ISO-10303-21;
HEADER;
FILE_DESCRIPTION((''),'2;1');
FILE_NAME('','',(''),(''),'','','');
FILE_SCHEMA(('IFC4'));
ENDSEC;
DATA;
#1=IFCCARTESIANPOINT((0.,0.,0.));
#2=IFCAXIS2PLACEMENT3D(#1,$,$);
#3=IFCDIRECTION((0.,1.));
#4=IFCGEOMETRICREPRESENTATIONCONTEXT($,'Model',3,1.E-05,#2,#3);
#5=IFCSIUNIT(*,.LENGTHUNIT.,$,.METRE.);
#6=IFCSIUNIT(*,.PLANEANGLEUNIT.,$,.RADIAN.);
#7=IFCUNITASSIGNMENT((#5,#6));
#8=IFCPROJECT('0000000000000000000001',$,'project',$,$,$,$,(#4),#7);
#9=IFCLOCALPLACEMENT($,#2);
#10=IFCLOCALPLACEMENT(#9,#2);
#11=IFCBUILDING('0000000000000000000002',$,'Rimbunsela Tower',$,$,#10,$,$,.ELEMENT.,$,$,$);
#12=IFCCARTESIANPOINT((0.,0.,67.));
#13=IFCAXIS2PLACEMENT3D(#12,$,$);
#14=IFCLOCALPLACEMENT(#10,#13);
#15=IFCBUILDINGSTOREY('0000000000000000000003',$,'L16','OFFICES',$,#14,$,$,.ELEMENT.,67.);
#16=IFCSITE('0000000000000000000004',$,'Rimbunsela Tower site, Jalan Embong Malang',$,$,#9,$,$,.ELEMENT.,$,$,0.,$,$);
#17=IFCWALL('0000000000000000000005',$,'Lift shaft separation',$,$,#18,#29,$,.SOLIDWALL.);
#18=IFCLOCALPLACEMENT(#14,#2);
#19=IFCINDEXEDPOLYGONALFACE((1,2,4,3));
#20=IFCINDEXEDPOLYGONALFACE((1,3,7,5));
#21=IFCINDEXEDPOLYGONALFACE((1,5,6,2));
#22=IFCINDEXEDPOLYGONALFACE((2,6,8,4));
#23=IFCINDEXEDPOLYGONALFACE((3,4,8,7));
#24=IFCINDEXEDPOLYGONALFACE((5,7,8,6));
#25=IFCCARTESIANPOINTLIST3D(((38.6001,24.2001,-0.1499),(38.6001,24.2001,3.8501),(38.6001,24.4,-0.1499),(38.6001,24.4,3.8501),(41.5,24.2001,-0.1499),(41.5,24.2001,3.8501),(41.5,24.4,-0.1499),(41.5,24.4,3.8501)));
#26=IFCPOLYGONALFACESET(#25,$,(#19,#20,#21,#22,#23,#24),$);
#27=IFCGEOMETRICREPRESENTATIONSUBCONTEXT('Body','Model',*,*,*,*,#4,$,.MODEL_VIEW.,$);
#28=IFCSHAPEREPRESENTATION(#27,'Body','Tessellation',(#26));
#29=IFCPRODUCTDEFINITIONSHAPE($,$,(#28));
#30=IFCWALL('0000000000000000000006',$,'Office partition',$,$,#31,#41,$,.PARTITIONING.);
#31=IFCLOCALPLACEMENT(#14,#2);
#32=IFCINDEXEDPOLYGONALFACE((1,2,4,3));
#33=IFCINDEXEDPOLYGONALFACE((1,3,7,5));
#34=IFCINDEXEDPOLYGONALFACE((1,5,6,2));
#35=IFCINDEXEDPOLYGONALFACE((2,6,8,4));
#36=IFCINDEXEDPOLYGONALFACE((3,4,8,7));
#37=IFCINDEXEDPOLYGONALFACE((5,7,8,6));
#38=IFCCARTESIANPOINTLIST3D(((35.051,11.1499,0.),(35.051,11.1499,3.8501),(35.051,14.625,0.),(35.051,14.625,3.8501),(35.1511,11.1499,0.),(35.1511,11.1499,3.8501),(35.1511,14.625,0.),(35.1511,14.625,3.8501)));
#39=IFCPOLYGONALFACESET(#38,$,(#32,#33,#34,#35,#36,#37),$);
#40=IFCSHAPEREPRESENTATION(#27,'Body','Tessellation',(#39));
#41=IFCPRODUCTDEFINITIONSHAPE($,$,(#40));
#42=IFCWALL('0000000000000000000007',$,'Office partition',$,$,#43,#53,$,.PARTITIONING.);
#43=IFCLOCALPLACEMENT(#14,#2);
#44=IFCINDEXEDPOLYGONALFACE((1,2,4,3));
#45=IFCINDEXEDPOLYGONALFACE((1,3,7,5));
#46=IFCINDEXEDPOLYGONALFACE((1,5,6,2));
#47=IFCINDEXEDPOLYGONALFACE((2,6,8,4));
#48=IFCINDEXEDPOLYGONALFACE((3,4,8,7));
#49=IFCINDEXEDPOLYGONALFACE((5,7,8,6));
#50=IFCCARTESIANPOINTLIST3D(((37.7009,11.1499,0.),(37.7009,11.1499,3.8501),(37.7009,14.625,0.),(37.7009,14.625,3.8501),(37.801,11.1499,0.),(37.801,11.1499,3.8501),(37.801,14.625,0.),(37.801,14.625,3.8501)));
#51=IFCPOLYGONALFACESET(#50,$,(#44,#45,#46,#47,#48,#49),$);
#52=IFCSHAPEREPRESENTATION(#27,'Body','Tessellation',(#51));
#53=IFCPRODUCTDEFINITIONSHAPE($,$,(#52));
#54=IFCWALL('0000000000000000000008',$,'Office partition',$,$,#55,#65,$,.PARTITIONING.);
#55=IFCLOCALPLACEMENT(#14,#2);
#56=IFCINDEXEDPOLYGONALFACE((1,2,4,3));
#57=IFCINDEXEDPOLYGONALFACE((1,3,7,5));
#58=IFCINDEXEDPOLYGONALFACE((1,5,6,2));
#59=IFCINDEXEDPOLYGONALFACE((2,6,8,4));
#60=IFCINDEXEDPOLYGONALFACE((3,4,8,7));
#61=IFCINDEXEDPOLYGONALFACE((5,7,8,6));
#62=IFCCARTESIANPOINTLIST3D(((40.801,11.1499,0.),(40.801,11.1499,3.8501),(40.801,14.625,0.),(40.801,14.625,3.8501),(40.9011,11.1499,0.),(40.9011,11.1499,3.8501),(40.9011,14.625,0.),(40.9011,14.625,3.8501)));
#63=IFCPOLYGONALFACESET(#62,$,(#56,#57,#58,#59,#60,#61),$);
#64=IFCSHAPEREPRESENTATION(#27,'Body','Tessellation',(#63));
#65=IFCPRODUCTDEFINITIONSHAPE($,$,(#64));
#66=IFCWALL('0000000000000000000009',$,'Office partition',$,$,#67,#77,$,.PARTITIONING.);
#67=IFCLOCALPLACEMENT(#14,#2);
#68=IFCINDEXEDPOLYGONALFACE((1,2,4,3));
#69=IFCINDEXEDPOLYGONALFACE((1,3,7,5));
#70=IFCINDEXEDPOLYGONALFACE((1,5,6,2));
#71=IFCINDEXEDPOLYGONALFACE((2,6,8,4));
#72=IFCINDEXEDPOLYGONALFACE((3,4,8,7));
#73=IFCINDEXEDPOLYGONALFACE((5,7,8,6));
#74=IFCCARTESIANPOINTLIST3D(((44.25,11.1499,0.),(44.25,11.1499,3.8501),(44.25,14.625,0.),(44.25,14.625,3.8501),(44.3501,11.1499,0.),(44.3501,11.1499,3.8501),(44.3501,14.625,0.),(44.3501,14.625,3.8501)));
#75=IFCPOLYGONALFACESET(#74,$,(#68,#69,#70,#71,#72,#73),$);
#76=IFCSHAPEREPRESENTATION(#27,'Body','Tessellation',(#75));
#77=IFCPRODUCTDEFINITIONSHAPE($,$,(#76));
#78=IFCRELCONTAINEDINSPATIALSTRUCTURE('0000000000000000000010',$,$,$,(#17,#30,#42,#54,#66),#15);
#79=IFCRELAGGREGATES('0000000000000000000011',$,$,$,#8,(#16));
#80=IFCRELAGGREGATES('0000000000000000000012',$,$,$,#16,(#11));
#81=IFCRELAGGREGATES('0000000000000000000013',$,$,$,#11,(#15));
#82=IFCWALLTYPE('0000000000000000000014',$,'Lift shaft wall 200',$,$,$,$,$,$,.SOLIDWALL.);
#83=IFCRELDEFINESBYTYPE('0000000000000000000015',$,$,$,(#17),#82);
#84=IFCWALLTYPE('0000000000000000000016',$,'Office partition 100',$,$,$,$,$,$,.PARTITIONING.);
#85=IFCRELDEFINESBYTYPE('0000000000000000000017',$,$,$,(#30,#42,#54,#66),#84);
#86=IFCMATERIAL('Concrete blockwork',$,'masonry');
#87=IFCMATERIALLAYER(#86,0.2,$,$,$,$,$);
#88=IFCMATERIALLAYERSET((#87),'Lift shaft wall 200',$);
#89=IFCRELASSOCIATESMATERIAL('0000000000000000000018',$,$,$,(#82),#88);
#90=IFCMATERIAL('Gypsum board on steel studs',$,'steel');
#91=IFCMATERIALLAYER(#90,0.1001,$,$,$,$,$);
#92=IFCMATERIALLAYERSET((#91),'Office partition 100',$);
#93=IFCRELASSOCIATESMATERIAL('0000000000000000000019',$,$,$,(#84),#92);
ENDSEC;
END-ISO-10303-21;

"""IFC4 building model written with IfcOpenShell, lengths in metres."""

from ifc_helpers import new_model, si_unit, direction, frame, frame_2d, origin, place, context, subcontext, project, spatial, rectangle, extrude, material, layer, layer_set, type_object, element, save


model = new_model("IFC4")

# Units and contexts
model_context = context("Model", 3, precision=1e-05, world=origin(), true_north=direction((0.0, 1.0)))
body_context = subcontext(model_context, "Body", "Model", "MODEL_VIEW")
ifc_project = project(units=[si_unit("LENGTHUNIT", "METRE"), si_unit("PLANEANGLEUNIT", "RADIAN")], contexts=[model_context])

# Site, building, storey
site_placement = place(None, origin())
site = spatial("IfcSite", under=ifc_project, at=site_placement, Name="Rimbunsela Tower site, Jalan Embong Malang", CompositionType="ELEMENT", RefElevation=0.0)
building_placement = place(site_placement, origin())
building = spatial("IfcBuilding", under=site, at=building_placement, Name="Rimbunsela Tower", CompositionType="ELEMENT")
storey_placement = place(building_placement, frame((0.0, 0.0, 67.0)))
storey = spatial("IfcBuildingStorey", under=building, at=storey_placement, Name="L16", Description="OFFICES", CompositionType="ELEMENT", Elevation=67.0)

# Shared definitions
ifc_material_1 = material(Name="Concrete blockwork", Category="masonry")
ifc_layer_1 = layer(ifc_material_1, 0.2)
ifc_layer_set_1 = layer_set([ifc_layer_1], Name="Lift shaft wall 200")
wall_type_1 = type_object("IfcWallType", Name="Lift shaft wall 200", PredefinedType="SOLIDWALL", material=ifc_layer_set_1)

# Walls
wall_1_placement = place(storey_placement, frame((38.6001, 24.3, -0.1499), z_axis=(0.0, 0.0, 1.0), x_axis=(1.0, 0.0, 0.0)))
element("IfcWall", 1, at=wall_1_placement, inside=storey, type_object=wall_type_1, Name="Lift shaft separation", PredefinedType="SOLIDWALL", context=body_context, shape_type="SweptSolid", body=[
    extrude(rectangle(XDim=2.8999, YDim=0.2, at=frame_2d((1.45, 0.0))), origin(), (0.0, 0.0, 1.0), 4.0),
])
ifc_material_2 = material(Name="Gypsum board on steel studs", Category="steel")
ifc_layer_2 = layer(ifc_material_2, 0.1001)
ifc_layer_set_2 = layer_set([ifc_layer_2], Name="Office partition 100")
wall_type_2 = type_object("IfcWallType", Name="Office partition 100", PredefinedType="PARTITIONING", material=ifc_layer_set_2)
for number, where, z_axis, x_axis, name in (
    (2, (35.1011, 11.1499, 0.0), (0.0, 0.0, 1.0), (0.0, 1.0, 0.0), "Office partition"),
    (3, (37.751, 11.1499, 0.0), (0.0, 0.0, 1.0), (0.0, 1.0, 0.0), "Office partition"),
    (4, (40.8511, 11.1499, 0.0), (0.0, 0.0, 1.0), (0.0, 1.0, 0.0), "Office partition"),
    (5, (44.3, 11.1499, 0.0), (0.0, 0.0, 1.0), (0.0, 1.0, 0.0), "Office partition"),
):
    element("IfcWall", number, at=place(storey_placement, frame(where, z_axis=z_axis, x_axis=x_axis)), inside=storey, type_object=wall_type_2, Name=name, PredefinedType="PARTITIONING", context=body_context, shape_type="SweptSolid", body=[
        extrude(rectangle(XDim=3.4751, YDim=0.1001, at=frame_2d((1.7375, 0.0))), origin(), (0.0, 0.0, 1.0), 3.8501),
    ])

save(model, "model.ifc")
